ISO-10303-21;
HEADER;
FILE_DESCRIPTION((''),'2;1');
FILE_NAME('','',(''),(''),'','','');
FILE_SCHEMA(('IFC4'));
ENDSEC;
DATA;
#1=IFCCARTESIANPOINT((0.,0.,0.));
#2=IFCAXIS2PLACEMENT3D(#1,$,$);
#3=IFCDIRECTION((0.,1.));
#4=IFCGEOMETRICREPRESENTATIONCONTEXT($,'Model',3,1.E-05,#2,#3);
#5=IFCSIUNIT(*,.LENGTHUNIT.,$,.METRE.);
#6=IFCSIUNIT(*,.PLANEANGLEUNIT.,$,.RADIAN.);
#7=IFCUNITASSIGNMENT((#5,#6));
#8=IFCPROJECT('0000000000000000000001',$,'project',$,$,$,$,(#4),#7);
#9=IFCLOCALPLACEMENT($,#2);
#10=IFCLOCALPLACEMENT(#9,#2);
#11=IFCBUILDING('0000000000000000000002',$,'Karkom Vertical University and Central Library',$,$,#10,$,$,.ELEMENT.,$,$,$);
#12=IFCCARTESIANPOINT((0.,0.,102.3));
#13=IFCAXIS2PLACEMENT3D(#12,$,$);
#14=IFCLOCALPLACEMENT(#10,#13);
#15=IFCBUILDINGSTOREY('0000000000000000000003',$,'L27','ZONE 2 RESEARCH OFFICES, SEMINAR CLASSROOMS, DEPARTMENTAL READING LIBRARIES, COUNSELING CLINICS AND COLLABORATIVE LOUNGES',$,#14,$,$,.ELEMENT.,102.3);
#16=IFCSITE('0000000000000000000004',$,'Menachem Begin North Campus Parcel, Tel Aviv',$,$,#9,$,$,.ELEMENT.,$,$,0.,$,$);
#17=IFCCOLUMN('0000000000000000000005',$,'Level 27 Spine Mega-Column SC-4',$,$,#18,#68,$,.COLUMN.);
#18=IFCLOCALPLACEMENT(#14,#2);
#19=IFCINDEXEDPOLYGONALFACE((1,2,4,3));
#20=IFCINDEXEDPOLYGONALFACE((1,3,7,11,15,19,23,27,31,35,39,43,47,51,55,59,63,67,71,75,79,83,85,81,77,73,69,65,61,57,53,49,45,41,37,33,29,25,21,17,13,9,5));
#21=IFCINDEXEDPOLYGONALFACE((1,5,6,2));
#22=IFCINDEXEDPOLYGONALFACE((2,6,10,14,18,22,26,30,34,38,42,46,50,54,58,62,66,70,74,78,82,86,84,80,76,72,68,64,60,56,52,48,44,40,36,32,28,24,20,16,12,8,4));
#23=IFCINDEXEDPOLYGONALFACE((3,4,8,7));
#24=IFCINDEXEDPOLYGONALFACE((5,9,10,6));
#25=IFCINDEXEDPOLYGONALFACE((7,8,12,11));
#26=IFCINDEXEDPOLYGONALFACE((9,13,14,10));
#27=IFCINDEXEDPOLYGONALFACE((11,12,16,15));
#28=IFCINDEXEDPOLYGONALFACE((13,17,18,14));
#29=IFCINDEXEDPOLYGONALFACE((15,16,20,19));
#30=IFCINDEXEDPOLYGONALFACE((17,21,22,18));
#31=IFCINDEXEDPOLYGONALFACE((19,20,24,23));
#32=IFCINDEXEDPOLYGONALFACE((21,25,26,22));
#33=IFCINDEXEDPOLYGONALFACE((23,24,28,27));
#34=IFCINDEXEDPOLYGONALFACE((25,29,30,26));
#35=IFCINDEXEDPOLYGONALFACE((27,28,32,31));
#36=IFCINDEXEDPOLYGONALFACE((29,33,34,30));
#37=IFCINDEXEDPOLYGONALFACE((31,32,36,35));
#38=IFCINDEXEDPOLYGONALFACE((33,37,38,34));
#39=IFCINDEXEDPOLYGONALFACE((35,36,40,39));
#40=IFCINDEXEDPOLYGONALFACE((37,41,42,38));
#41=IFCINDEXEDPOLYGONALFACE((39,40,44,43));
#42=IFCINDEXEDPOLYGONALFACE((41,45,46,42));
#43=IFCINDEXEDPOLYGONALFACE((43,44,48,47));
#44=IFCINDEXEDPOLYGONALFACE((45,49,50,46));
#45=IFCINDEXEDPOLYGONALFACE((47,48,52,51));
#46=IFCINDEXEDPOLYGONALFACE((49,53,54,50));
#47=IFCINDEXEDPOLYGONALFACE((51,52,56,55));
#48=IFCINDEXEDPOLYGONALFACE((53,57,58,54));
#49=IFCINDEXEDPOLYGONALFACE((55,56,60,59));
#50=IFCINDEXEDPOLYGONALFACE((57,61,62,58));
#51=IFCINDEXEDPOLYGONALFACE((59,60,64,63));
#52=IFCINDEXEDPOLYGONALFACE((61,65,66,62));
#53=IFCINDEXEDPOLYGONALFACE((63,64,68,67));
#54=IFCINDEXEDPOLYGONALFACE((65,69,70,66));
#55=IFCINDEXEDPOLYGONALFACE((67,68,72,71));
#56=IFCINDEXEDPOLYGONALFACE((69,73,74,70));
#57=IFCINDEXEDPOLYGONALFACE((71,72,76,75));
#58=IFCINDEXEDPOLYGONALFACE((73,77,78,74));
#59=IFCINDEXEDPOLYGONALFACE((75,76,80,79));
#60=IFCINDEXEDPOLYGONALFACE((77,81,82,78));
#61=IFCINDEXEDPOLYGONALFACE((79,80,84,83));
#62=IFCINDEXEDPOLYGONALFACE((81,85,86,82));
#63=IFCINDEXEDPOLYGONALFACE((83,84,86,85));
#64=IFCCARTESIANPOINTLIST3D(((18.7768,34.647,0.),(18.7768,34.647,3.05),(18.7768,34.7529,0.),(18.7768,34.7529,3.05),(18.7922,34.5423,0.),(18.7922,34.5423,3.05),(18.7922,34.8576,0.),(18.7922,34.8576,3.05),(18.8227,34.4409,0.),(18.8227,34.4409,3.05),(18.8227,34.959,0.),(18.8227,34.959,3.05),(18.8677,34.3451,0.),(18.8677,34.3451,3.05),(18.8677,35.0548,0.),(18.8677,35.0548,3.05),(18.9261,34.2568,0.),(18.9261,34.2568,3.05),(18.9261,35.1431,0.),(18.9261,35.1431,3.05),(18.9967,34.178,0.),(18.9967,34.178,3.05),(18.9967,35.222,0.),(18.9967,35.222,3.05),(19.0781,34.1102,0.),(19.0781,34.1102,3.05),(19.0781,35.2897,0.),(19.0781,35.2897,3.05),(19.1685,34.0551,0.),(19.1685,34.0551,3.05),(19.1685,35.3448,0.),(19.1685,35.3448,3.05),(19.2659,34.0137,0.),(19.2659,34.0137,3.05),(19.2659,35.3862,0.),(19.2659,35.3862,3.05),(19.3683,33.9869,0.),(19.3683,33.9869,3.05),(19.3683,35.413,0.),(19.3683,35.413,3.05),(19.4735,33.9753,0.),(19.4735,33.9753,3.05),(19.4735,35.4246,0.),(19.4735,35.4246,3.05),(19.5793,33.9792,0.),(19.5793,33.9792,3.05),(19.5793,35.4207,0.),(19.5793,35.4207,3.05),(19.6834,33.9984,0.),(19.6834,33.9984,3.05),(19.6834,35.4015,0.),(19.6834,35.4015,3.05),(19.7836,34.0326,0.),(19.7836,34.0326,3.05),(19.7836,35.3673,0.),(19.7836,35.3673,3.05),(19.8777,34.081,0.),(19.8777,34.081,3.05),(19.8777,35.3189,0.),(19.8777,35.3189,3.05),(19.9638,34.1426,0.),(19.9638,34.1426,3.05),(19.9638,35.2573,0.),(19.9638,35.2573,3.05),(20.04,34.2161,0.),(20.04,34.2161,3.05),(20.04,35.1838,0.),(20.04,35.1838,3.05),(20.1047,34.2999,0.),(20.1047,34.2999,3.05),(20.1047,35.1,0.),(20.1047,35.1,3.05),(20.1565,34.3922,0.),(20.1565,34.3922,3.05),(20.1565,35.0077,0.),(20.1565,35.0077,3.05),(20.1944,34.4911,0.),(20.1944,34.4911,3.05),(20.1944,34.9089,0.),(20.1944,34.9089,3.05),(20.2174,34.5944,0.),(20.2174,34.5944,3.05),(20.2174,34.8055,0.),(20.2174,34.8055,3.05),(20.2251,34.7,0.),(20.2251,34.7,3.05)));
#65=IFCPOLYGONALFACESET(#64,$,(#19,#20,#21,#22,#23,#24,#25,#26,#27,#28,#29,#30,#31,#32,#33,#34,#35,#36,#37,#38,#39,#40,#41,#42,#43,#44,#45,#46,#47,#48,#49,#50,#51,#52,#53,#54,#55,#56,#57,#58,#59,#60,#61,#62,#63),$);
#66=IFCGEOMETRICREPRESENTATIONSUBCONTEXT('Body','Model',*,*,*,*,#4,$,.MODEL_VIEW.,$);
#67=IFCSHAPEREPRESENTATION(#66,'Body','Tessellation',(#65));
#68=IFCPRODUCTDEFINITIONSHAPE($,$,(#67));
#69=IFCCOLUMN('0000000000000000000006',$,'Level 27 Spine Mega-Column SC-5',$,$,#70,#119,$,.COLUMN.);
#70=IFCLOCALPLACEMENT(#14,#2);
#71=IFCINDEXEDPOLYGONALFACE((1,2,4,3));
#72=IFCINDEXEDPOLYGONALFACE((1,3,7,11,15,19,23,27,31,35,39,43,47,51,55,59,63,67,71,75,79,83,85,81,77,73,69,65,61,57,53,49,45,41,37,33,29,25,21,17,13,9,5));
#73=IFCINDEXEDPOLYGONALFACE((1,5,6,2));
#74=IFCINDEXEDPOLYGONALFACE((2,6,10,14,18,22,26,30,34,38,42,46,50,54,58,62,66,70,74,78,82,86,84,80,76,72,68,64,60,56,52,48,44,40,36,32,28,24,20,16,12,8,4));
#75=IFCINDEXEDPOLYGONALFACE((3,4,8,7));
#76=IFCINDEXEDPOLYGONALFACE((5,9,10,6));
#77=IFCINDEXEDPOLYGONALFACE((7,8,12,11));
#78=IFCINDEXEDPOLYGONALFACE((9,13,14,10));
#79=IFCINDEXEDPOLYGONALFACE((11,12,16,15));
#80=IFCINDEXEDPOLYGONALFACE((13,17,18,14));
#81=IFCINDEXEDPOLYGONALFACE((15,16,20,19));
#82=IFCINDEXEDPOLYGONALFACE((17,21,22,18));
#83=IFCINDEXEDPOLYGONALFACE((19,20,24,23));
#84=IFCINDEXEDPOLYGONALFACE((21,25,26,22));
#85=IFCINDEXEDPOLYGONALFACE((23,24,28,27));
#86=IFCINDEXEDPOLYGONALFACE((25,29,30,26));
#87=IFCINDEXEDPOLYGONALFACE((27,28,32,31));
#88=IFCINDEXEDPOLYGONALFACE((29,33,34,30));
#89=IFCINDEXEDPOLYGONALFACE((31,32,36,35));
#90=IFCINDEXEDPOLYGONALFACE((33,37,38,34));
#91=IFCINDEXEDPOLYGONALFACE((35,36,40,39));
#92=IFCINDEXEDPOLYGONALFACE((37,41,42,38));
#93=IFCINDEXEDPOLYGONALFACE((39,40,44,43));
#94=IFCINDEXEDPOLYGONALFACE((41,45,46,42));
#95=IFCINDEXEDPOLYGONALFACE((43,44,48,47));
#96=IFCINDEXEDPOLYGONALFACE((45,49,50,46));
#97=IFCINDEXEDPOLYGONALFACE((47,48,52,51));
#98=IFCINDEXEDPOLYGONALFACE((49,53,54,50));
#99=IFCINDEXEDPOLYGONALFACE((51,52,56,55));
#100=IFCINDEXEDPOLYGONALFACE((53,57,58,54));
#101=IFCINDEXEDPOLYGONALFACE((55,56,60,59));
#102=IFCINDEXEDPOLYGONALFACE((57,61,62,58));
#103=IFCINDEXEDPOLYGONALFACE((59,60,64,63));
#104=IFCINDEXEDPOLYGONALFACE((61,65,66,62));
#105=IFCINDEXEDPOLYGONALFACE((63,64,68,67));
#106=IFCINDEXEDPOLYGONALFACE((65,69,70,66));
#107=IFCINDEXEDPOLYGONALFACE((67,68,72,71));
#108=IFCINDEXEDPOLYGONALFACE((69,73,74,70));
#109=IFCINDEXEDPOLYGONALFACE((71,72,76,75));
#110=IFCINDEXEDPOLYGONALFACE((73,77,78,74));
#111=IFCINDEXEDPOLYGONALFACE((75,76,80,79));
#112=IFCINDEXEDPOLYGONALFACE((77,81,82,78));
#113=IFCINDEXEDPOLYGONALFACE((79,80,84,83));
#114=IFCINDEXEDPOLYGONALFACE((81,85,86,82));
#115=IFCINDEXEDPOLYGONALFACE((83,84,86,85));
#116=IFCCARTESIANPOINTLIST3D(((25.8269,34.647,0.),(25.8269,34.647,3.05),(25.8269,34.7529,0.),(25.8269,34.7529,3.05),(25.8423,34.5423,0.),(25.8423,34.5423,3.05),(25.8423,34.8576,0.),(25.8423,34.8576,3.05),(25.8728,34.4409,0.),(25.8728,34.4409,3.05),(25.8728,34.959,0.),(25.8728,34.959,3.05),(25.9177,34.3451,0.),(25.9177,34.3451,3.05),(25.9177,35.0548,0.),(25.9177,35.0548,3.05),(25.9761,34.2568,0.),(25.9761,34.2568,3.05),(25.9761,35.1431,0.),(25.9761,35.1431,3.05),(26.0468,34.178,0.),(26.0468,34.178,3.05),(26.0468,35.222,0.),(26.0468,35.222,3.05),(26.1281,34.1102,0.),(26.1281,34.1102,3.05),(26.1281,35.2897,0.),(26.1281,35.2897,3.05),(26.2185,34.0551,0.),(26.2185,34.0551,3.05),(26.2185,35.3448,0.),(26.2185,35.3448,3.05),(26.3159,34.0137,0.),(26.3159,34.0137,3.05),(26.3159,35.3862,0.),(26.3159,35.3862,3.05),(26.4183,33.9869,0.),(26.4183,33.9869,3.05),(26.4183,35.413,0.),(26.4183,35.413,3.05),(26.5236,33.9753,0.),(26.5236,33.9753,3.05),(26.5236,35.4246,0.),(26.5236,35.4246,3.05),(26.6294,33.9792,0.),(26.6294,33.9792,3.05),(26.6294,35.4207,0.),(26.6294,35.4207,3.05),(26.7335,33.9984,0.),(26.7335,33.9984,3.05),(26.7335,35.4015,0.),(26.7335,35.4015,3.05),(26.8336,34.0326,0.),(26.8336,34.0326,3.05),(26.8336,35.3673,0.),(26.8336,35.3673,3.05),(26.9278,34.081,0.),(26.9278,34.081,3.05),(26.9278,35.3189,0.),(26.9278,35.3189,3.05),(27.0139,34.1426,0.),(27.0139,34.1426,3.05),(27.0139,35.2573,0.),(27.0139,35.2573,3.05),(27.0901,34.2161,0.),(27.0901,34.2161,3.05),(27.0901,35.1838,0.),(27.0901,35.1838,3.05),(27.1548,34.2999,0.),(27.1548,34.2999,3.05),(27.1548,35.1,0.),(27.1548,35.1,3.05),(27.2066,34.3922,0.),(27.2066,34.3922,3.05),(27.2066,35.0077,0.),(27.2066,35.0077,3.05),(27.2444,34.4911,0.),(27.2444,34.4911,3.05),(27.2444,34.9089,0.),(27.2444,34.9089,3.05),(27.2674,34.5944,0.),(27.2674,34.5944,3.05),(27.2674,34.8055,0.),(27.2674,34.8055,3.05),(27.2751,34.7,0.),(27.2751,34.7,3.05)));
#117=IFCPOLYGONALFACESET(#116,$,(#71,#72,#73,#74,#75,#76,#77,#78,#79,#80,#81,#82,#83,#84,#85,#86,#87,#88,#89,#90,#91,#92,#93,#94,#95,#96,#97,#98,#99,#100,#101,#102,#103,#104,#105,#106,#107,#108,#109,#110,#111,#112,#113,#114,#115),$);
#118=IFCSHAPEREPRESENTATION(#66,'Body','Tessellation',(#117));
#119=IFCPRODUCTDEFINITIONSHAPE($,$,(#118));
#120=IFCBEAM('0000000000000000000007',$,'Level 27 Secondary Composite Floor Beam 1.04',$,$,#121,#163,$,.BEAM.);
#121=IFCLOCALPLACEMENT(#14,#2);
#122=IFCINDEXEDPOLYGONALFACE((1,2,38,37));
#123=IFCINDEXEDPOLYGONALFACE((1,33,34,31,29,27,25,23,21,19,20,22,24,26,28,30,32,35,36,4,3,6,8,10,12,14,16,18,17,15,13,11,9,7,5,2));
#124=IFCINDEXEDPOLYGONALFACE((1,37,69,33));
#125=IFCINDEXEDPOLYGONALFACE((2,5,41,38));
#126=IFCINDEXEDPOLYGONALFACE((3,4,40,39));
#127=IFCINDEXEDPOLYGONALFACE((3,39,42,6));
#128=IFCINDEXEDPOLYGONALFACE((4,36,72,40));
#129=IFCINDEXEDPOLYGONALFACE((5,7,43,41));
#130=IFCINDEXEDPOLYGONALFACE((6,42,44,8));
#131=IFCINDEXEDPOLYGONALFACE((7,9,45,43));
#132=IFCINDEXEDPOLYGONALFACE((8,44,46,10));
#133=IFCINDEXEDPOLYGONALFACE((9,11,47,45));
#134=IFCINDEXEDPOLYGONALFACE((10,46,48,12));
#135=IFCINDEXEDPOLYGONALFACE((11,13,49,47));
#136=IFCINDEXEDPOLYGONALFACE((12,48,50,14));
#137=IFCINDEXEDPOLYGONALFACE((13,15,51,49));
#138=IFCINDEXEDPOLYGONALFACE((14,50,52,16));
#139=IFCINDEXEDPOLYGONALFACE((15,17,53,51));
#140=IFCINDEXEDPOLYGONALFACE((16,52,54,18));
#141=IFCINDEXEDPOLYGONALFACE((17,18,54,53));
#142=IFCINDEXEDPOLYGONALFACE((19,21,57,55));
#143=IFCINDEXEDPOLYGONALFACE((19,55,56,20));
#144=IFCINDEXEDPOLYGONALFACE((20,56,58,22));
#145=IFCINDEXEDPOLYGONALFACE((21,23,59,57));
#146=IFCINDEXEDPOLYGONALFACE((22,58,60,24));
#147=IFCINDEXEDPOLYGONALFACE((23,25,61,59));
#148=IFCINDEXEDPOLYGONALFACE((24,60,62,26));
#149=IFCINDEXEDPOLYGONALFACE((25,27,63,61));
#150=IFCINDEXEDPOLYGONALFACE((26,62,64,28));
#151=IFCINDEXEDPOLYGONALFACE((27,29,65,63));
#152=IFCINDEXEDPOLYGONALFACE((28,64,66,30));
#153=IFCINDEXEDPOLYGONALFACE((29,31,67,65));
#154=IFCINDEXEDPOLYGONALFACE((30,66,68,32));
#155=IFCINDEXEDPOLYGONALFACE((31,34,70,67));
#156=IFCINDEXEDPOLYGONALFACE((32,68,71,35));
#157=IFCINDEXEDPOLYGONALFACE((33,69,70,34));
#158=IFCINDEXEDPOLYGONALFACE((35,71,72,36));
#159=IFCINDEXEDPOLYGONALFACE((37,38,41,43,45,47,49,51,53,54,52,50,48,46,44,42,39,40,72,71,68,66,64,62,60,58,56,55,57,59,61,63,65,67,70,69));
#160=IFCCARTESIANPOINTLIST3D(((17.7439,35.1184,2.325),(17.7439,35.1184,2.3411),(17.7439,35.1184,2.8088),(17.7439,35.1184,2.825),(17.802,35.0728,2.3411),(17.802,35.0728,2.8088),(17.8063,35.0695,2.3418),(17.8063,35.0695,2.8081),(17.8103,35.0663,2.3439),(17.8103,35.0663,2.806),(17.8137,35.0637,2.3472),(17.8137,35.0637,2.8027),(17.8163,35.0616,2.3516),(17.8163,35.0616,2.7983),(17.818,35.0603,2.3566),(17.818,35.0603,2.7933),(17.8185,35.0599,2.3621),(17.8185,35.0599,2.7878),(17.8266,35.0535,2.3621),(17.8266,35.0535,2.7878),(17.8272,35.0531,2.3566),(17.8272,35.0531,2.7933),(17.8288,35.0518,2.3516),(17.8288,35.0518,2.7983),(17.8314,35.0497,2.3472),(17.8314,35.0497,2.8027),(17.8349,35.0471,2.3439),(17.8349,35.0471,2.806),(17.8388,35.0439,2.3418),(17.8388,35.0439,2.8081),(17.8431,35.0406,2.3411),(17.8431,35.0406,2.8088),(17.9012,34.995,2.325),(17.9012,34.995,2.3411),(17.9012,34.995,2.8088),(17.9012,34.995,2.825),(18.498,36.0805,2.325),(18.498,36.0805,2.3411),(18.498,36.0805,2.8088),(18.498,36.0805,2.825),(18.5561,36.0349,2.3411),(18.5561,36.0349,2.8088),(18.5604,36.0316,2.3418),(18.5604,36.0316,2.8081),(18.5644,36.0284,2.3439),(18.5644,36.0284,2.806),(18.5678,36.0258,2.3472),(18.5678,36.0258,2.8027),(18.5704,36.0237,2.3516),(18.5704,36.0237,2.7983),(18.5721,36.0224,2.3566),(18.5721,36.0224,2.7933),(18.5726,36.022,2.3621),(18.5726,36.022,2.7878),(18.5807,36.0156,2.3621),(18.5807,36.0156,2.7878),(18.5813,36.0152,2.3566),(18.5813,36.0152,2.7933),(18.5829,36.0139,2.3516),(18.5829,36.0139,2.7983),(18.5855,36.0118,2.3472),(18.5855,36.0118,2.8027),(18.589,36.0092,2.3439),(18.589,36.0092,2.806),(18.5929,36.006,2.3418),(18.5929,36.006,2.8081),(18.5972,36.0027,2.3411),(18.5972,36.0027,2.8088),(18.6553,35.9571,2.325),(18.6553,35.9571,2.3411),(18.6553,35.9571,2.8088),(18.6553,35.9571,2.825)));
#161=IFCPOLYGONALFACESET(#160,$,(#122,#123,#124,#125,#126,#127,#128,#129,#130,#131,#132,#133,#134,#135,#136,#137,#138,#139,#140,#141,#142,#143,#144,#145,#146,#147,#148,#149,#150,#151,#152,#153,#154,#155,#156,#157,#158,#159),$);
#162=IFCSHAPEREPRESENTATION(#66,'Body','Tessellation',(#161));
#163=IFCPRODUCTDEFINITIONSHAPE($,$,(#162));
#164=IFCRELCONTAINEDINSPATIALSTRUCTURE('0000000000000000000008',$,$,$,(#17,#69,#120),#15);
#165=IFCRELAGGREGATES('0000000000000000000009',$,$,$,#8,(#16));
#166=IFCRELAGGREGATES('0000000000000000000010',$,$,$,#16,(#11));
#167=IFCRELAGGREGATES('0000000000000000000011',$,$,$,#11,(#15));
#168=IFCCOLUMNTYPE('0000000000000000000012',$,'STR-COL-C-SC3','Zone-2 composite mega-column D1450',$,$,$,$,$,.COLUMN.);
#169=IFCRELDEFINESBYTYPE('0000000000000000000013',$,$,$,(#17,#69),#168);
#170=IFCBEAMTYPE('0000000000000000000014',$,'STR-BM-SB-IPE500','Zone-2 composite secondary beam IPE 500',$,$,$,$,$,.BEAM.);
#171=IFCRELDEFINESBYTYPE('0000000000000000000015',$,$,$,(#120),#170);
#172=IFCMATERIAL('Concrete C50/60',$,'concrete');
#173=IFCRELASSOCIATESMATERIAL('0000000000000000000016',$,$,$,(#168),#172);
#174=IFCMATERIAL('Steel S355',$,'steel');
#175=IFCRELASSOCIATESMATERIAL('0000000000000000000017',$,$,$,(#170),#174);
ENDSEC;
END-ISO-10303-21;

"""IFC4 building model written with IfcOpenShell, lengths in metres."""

from ifc_helpers import new_model, si_unit, direction, frame, origin, origin_with_axes, origin_2d, place, context, subcontext, project, spatial, circle, i_section, extrude, source, transform, mapped, material, material_profile, profile_set, type_object, element, save


model = new_model("IFC4")

# Units and contexts
model_context = context("Model", 3, precision=1e-05, world=origin(), true_north=direction((0.0, 1.0)))
body_context = subcontext(model_context, "Body", "Model", "MODEL_VIEW")
ifc_project = project(units=[si_unit("LENGTHUNIT", "METRE"), si_unit("PLANEANGLEUNIT", "RADIAN")], contexts=[model_context])

# Site, building, storey
site_placement = place(None, origin())
site = spatial("IfcSite", under=ifc_project, at=site_placement, Name="Menachem Begin North Campus Parcel, Tel Aviv", CompositionType="ELEMENT", RefElevation=0.0)
building_placement = place(site_placement, origin())
building = spatial("IfcBuilding", under=site, at=building_placement, Name="Karkom Vertical University and Central Library", CompositionType="ELEMENT")
storey_placement = place(building_placement, frame((0.0, 0.0, 102.3)))
storey = spatial("IfcBuildingStorey", under=building, at=storey_placement, Name="L27", Description="ZONE 2 RESEARCH OFFICES, SEMINAR CLASSROOMS, DEPARTMENTAL READING LIBRARIES, COUNSELING CLINICS AND COLLABORATIVE LOUNGES", CompositionType="ELEMENT", Elevation=102.3)

# Columns
ifc_material_1 = material(Name="Concrete C50/60", Category="concrete")
ifc_material_profile_1 = material_profile(ifc_material_1, circle(Radius=0.7251, at=origin_2d()), Name="CFT-D1450")
ifc_profile_set_1 = profile_set([ifc_material_profile_1], Name="Concrete C50/60")
column_type = type_object("IfcColumnType", Name="STR-COL-C-SC3", Description="Zone-2 composite mega-column D1450", PredefinedType="COLUMN", material=ifc_profile_set_1)
shared_shape_1 = source(origin_with_axes(), body_context, "Body", "SweptSolid", [
    extrude(circle(Radius=0.7251, at=origin_2d()), origin(), (0.0, 0.0, 1.0), 3.05),
])
for number, where, z_axis, x_axis, name in (
    (1, (19.5, 34.7, 0.0), (0.0, 0.0, 1.0), (1.0, 0.0, 0.0), "Level 27 Spine Mega-Column SC-4"),
    (2, (26.55, 34.7, 0.0), (0.0, 0.0, 1.0), (1.0, 0.0, 0.0), "Level 27 Spine Mega-Column SC-5"),
):
    element("IfcColumn", number, at=place(storey_placement, frame(where, z_axis=z_axis, x_axis=x_axis)), inside=storey, type_object=column_type, Name=name, PredefinedType="COLUMN", context=body_context, shape_type="MappedRepresentation", body=[
        mapped(shared_shape_1, transform((0.0, 0.0, 0.0), scale=1.0)),
    ])

# Beam
ifc_material_2 = material(Name="Steel S355", Category="steel")
ifc_material_profile_2 = material_profile(ifc_material_2, i_section(OverallWidth=0.2, OverallDepth=0.5, WebThickness=0.0103, FlangeThickness=0.0161, FilletRadius=0.021, at=origin_2d()), Name="IPE 500")
ifc_profile_set_2 = profile_set([ifc_material_profile_2], Name="Steel S355")
beam_type_1 = type_object("IfcBeamType", Name="STR-BM-SB-IPE500", Description="Zone-2 composite secondary beam IPE 500", PredefinedType="BEAM", material=ifc_profile_set_2)
shared_shape_2 = source(origin_with_axes(), body_context, "Body", "SweptSolid", [
    extrude(i_section(OverallWidth=0.2, OverallDepth=0.5, WebThickness=0.0103, FlangeThickness=0.0161, FilletRadius=0.021, at=origin_2d()), origin(), (0.0, 0.0, 1.0), 1.2224),
])
beam_1_placement = place(storey_placement, frame((18.5767, 36.0188, 2.575), z_axis=(-0.616895, -0.787045, 0.0), x_axis=(0.787045, -0.616895, 0.0)))
element("IfcBeam", 3, at=beam_1_placement, inside=storey, type_object=beam_type_1, Name="Level 27 Secondary Composite Floor Beam 1.04", PredefinedType="BEAM", context=body_context, shape_type="MappedRepresentation", body=[
    mapped(shared_shape_2, transform((0.0, 0.0, 0.0), scale=1.0)),
])

save(model, "model.ifc")
